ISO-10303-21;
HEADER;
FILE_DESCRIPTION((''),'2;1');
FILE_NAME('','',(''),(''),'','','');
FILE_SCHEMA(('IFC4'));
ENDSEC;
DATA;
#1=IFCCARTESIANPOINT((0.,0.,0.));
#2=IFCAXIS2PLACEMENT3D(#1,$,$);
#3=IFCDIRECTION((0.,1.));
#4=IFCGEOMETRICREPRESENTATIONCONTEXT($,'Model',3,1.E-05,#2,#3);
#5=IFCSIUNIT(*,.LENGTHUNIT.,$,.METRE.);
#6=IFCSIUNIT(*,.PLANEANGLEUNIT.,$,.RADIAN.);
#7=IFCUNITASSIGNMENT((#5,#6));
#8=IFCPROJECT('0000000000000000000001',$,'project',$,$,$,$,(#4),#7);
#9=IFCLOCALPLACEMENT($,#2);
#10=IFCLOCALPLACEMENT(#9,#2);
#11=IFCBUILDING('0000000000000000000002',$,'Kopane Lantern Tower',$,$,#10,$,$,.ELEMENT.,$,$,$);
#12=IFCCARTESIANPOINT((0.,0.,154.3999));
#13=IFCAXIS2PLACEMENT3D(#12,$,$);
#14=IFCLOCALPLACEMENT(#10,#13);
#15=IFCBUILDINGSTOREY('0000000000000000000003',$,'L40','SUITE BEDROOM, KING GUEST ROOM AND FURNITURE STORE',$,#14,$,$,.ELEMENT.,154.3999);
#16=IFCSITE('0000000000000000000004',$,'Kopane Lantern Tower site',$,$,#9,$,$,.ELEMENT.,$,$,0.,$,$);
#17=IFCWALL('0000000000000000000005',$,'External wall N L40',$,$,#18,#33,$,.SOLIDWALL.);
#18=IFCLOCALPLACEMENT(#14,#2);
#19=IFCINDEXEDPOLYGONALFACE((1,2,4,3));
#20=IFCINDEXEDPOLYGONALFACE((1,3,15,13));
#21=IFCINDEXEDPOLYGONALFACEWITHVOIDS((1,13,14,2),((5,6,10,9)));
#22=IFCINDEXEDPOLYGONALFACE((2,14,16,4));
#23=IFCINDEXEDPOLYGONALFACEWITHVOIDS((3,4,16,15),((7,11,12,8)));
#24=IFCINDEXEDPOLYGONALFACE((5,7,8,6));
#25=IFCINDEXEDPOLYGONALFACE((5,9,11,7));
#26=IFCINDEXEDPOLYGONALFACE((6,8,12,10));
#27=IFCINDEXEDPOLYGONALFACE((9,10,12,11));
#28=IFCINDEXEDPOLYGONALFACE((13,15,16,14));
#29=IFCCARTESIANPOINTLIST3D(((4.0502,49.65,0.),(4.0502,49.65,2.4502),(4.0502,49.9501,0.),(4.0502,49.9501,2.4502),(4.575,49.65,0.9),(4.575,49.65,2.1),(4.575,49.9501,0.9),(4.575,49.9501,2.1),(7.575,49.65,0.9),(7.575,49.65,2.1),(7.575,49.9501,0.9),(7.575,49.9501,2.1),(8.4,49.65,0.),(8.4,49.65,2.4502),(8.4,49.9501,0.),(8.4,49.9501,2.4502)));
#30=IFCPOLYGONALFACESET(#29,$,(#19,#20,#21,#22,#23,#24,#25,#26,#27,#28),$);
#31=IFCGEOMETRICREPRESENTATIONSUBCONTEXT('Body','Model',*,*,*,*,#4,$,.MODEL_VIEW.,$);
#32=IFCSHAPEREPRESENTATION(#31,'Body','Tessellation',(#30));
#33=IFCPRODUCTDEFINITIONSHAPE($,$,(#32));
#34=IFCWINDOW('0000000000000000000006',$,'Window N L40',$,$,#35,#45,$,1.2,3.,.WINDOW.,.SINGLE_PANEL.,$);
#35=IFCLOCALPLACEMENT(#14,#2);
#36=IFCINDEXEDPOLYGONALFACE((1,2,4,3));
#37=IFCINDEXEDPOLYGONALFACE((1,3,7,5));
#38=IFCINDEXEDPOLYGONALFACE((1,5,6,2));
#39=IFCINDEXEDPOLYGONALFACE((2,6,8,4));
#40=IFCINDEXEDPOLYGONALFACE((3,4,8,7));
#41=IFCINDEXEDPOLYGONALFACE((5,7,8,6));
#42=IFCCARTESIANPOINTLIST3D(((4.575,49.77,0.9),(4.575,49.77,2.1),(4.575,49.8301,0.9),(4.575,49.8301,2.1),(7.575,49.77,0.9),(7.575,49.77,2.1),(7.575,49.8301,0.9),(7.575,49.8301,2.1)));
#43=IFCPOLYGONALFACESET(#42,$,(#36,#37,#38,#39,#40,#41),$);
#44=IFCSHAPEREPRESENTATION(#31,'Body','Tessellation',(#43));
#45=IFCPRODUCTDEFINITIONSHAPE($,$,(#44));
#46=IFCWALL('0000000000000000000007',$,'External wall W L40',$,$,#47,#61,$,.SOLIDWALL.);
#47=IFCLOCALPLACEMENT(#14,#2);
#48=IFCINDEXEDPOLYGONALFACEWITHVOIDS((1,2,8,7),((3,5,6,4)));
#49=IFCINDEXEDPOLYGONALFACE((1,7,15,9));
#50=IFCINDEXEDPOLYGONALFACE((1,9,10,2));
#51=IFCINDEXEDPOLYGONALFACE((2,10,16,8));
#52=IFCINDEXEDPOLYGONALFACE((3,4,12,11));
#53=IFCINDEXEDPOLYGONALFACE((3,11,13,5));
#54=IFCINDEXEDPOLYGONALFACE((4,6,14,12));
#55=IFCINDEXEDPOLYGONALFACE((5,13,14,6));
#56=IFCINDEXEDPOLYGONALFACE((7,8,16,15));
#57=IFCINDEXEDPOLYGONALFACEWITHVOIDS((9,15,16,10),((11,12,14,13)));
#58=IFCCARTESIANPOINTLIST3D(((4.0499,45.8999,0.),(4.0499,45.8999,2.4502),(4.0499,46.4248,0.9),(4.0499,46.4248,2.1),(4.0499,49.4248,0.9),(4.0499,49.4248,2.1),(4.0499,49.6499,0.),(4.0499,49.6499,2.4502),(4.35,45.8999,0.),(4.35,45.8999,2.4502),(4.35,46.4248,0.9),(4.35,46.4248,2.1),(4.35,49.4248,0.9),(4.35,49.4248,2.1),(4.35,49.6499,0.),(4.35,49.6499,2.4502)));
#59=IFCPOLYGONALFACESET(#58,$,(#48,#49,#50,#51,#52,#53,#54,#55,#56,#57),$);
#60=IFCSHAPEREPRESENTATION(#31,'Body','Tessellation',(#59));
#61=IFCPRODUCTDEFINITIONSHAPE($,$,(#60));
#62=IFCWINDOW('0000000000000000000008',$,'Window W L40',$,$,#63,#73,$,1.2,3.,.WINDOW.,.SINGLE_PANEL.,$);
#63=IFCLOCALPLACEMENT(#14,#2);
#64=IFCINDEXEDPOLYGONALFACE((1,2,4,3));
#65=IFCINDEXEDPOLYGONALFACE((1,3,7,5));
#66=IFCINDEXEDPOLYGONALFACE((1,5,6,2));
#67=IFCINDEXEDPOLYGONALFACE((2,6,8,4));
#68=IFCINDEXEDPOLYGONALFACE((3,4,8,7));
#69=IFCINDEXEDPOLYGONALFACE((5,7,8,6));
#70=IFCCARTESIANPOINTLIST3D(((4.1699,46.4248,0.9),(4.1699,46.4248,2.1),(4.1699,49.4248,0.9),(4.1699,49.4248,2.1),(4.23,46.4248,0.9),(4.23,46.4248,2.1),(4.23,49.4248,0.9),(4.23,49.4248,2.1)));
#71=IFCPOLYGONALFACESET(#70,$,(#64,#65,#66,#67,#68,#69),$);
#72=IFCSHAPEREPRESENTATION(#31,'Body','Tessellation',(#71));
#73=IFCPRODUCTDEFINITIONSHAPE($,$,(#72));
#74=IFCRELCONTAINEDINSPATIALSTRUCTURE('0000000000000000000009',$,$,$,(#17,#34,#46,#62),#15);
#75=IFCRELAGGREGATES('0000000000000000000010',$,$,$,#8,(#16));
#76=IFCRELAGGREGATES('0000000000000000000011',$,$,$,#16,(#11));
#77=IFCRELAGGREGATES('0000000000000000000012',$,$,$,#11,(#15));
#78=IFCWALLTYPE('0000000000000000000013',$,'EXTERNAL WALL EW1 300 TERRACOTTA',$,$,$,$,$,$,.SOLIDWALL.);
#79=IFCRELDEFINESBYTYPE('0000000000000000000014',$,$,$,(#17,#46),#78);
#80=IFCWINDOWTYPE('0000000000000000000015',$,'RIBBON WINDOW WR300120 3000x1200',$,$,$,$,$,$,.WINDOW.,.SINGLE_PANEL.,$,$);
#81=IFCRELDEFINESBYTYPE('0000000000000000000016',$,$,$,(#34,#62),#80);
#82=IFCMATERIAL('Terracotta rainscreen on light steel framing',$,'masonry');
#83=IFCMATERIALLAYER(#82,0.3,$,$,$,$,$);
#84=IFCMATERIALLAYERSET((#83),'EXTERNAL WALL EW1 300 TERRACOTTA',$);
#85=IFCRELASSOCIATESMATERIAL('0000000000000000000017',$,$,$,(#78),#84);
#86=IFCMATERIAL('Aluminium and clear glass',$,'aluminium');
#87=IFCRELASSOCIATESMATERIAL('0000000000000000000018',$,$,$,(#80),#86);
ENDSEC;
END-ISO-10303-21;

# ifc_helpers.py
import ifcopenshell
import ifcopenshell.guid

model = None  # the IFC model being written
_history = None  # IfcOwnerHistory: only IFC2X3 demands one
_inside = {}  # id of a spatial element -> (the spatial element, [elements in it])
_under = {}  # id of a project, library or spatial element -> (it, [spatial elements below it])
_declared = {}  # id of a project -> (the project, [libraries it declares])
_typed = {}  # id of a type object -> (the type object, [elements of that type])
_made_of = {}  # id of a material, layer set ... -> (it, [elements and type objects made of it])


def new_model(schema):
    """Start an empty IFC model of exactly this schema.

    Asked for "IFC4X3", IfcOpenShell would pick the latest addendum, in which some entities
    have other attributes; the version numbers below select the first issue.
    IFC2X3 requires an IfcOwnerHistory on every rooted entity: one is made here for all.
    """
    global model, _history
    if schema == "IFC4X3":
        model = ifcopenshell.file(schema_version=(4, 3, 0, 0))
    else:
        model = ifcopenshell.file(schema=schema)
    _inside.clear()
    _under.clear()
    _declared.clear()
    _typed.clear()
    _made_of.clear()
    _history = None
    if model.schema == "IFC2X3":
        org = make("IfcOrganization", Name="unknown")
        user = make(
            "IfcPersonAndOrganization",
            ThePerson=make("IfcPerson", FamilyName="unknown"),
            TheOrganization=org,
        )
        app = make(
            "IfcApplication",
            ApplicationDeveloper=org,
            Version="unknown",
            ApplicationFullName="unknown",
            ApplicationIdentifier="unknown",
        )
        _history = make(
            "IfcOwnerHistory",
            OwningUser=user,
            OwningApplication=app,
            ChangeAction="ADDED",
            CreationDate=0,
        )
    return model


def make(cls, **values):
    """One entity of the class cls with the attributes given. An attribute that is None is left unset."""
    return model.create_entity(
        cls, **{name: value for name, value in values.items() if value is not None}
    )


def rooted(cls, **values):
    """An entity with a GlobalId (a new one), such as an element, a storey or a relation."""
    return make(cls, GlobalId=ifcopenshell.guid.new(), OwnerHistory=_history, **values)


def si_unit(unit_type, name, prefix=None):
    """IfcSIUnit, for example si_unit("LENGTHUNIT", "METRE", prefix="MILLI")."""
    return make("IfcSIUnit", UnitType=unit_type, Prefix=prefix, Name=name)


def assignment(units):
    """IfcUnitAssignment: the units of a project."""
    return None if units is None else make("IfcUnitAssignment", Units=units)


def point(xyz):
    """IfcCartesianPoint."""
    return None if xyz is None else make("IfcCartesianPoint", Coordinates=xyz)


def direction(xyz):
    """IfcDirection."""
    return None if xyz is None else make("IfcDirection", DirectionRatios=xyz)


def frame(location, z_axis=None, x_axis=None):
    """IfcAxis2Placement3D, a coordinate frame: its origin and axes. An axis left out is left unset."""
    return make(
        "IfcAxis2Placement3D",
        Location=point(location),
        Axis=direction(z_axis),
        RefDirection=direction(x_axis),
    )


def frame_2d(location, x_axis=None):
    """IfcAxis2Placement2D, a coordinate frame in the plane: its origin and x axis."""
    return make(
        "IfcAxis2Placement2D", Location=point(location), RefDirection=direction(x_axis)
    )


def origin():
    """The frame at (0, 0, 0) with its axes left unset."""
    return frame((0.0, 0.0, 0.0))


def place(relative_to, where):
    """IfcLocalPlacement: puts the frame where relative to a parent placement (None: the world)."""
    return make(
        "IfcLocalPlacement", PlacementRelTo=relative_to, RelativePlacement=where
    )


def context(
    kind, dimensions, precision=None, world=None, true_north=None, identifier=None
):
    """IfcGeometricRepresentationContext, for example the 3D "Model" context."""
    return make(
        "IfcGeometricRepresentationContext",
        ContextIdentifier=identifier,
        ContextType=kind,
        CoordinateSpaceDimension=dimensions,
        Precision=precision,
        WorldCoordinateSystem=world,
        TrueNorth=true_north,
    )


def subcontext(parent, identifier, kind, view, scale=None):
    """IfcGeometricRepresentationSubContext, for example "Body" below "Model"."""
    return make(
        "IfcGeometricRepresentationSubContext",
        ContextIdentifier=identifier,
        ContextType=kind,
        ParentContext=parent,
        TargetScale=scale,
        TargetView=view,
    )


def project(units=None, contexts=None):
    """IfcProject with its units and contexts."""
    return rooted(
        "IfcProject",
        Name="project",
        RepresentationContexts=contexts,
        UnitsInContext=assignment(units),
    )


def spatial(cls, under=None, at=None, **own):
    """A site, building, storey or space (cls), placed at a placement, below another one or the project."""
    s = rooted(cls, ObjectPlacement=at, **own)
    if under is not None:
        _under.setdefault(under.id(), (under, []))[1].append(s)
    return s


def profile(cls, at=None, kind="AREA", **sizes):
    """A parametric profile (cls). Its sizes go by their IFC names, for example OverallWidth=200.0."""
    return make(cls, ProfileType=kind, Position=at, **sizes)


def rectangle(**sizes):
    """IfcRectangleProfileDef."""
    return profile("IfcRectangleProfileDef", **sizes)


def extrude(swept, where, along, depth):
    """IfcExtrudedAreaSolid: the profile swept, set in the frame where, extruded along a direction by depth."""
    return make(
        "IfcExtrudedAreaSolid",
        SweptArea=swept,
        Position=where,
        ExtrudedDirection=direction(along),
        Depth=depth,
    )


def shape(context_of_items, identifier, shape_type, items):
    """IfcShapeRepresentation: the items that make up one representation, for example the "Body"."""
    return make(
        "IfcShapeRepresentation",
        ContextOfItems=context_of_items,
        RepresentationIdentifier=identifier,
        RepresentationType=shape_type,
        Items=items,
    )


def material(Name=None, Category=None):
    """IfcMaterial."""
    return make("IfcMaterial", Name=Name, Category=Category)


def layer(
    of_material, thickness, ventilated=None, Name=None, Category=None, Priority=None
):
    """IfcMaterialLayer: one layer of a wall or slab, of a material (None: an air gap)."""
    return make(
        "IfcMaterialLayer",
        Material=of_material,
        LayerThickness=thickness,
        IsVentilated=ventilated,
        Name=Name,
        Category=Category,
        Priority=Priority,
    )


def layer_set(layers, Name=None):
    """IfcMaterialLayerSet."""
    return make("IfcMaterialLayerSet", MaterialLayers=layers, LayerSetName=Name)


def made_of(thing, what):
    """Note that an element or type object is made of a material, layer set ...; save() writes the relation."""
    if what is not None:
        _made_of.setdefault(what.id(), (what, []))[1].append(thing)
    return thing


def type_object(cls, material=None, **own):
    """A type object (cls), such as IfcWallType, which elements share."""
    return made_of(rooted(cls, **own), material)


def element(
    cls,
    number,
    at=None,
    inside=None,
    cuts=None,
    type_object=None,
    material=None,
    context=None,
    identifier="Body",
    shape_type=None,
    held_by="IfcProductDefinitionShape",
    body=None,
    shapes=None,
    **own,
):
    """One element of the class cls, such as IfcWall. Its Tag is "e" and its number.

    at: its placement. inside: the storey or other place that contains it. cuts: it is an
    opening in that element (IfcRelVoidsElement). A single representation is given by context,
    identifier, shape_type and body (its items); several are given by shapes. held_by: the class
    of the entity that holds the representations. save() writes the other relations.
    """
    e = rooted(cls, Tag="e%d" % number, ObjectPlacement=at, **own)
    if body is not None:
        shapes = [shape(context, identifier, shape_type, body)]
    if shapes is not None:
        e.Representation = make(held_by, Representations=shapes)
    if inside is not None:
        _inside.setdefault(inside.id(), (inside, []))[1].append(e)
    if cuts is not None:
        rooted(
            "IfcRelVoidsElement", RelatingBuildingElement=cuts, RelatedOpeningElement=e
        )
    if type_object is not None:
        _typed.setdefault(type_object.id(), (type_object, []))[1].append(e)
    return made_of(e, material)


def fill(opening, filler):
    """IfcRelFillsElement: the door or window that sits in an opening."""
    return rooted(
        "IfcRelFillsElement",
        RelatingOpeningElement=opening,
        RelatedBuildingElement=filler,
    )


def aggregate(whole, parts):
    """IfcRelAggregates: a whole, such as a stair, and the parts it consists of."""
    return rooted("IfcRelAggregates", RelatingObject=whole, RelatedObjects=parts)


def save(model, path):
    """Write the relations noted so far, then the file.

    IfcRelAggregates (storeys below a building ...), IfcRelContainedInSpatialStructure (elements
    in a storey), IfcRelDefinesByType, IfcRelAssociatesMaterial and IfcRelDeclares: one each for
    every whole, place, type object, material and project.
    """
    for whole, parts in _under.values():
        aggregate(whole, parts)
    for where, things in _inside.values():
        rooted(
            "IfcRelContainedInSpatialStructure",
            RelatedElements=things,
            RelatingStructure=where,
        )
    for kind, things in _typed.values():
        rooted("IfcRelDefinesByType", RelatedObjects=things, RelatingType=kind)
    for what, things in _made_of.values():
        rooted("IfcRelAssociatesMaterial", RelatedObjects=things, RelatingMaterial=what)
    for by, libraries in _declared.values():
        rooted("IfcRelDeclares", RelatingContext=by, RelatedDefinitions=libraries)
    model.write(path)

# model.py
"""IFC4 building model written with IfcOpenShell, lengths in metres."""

from ifc_helpers import new_model, si_unit, direction, frame, frame_2d, origin, place, context, subcontext, project, spatial, rectangle, extrude, material, layer, layer_set, type_object, element, fill, save


model = new_model("IFC4")

# Units and contexts
model_context = context("Model", 3, precision=1e-05, world=origin(), true_north=direction((0.0, 1.0)))
body_context = subcontext(model_context, "Body", "Model", "MODEL_VIEW")
ifc_project = project(units=[si_unit("LENGTHUNIT", "METRE"), si_unit("PLANEANGLEUNIT", "RADIAN")], contexts=[model_context])

# Site, building, storey
site_placement = place(None, origin())
site = spatial("IfcSite", under=ifc_project, at=site_placement, Name="Kopane Lantern Tower site", CompositionType="ELEMENT", RefElevation=0.0)
building_placement = place(site_placement, origin())
building = spatial("IfcBuilding", under=site, at=building_placement, Name="Kopane Lantern Tower", CompositionType="ELEMENT")
storey_placement = place(building_placement, frame((0.0, 0.0, 154.3999)))
storey = spatial("IfcBuildingStorey", under=building, at=storey_placement, Name="L40", Description="SUITE BEDROOM, KING GUEST ROOM AND FURNITURE STORE", CompositionType="ELEMENT", Elevation=154.3999)

# Walls, openings, windows
ifc_material_1 = material(Name="Terracotta rainscreen on light steel framing", Category="masonry")
ifc_layer_1 = layer(ifc_material_1, 0.3)
ifc_layer_set_1 = layer_set([ifc_layer_1], Name="EXTERNAL WALL EW1 300 TERRACOTTA")
wall_type_1 = type_object("IfcWallType", Name="EXTERNAL WALL EW1 300 TERRACOTTA", PredefinedType="SOLIDWALL", material=ifc_layer_set_1)
ifc_material_2 = material(Name="Aluminium and clear glass", Category="aluminium")
window_type = type_object("IfcWindowType", Name="RIBBON WINDOW WR300120 3000x1200", PartitioningType="SINGLE_PANEL", PredefinedType="WINDOW", material=ifc_material_2)
wall_1_placement = place(storey_placement, frame((8.3999, 49.8, 0.0), z_axis=(0.0, 0.0, 1.0), x_axis=(-1.0, 0.0, 0.0)))
wall_1 = element("IfcWall", 1, at=wall_1_placement, inside=storey, type_object=wall_type_1, Name="External wall N L40", PredefinedType="SOLIDWALL", context=body_context, shape_type="SweptSolid", body=[
    extrude(rectangle(XDim=4.3499, YDim=0.3, at=frame_2d((2.1748, 0.0))), origin(), (0.0, 0.0, 1.0), 2.4502),
])
opening_1_placement = place(wall_1_placement, frame((0.825, 0.0, 0.8999)))
opening_1 = element("IfcOpeningElement", 2, at=opening_1_placement, cuts=wall_1, PredefinedType="OPENING", context=body_context, shape_type="SweptSolid", body=[
    extrude(rectangle(XDim=3.0, YDim=1.2, at=frame_2d((1.5, 0.6001))), frame((0.0, 0.1599, 0.0), z_axis=(0.0, -1.0, 0.0), x_axis=(1.0, 0.0, 0.0)), (0.0, 0.0, 1.0), 0.3201),
])
window_1_placement = place(opening_1_placement, origin())
window_1 = element("IfcWindow", 3, at=window_1_placement, inside=storey, type_object=window_type, Name="Window N L40", OverallHeight=1.2, OverallWidth=3.0, PartitioningType="SINGLE_PANEL", PredefinedType="WINDOW", context=body_context, shape_type="SweptSolid", body=[
    extrude(rectangle(XDim=3.0, YDim=1.2, at=frame_2d((1.5, 0.6001))), frame((0.0, 0.03, 0.0), z_axis=(0.0, -1.0, 0.0), x_axis=(1.0, 0.0, 0.0)), (0.0, 0.0, 1.0), 0.0601),
])
fill(opening_1, window_1)
wall_2_placement = place(storey_placement, frame((4.2, 49.6499, 0.0), z_axis=(0.0, 0.0, 1.0), x_axis=(0.0, -1.0, 0.0)))
wall_2 = element("IfcWall", 4, at=wall_2_placement, inside=storey, type_object=wall_type_1, Name="External wall W L40", PredefinedType="SOLIDWALL", context=body_context, shape_type="SweptSolid", body=[
    extrude(rectangle(XDim=3.75, YDim=0.3, at=frame_2d((1.875, 0.0))), origin(), (0.0, 0.0, 1.0), 2.4502),
])
opening_2_placement = place(wall_2_placement, frame((0.2251, 0.0, 0.8999)))
opening_2 = element("IfcOpeningElement", 5, at=opening_2_placement, cuts=wall_2, PredefinedType="OPENING", context=body_context, shape_type="SweptSolid", body=[
    extrude(rectangle(XDim=3.0, YDim=1.2, at=frame_2d((1.5, 0.6001))), frame((0.0, 0.1599, 0.0), z_axis=(0.0, -1.0, 0.0), x_axis=(1.0, 0.0, 0.0)), (0.0, 0.0, 1.0), 0.3201),
])
window_2_placement = place(opening_2_placement, origin())
window_2 = element("IfcWindow", 6, at=window_2_placement, inside=storey, type_object=window_type, Name="Window W L40", OverallHeight=1.2, OverallWidth=3.0, PartitioningType="SINGLE_PANEL", PredefinedType="WINDOW", context=body_context, shape_type="SweptSolid", body=[
    extrude(rectangle(XDim=3.0, YDim=1.2, at=frame_2d((1.5, 0.6001))), frame((0.0, 0.03, 0.0), z_axis=(0.0, -1.0, 0.0), x_axis=(1.0, 0.0, 0.0)), (0.0, 0.0, 1.0), 0.0601),
])
fill(opening_2, window_2)

save(model, "model.ifc")
